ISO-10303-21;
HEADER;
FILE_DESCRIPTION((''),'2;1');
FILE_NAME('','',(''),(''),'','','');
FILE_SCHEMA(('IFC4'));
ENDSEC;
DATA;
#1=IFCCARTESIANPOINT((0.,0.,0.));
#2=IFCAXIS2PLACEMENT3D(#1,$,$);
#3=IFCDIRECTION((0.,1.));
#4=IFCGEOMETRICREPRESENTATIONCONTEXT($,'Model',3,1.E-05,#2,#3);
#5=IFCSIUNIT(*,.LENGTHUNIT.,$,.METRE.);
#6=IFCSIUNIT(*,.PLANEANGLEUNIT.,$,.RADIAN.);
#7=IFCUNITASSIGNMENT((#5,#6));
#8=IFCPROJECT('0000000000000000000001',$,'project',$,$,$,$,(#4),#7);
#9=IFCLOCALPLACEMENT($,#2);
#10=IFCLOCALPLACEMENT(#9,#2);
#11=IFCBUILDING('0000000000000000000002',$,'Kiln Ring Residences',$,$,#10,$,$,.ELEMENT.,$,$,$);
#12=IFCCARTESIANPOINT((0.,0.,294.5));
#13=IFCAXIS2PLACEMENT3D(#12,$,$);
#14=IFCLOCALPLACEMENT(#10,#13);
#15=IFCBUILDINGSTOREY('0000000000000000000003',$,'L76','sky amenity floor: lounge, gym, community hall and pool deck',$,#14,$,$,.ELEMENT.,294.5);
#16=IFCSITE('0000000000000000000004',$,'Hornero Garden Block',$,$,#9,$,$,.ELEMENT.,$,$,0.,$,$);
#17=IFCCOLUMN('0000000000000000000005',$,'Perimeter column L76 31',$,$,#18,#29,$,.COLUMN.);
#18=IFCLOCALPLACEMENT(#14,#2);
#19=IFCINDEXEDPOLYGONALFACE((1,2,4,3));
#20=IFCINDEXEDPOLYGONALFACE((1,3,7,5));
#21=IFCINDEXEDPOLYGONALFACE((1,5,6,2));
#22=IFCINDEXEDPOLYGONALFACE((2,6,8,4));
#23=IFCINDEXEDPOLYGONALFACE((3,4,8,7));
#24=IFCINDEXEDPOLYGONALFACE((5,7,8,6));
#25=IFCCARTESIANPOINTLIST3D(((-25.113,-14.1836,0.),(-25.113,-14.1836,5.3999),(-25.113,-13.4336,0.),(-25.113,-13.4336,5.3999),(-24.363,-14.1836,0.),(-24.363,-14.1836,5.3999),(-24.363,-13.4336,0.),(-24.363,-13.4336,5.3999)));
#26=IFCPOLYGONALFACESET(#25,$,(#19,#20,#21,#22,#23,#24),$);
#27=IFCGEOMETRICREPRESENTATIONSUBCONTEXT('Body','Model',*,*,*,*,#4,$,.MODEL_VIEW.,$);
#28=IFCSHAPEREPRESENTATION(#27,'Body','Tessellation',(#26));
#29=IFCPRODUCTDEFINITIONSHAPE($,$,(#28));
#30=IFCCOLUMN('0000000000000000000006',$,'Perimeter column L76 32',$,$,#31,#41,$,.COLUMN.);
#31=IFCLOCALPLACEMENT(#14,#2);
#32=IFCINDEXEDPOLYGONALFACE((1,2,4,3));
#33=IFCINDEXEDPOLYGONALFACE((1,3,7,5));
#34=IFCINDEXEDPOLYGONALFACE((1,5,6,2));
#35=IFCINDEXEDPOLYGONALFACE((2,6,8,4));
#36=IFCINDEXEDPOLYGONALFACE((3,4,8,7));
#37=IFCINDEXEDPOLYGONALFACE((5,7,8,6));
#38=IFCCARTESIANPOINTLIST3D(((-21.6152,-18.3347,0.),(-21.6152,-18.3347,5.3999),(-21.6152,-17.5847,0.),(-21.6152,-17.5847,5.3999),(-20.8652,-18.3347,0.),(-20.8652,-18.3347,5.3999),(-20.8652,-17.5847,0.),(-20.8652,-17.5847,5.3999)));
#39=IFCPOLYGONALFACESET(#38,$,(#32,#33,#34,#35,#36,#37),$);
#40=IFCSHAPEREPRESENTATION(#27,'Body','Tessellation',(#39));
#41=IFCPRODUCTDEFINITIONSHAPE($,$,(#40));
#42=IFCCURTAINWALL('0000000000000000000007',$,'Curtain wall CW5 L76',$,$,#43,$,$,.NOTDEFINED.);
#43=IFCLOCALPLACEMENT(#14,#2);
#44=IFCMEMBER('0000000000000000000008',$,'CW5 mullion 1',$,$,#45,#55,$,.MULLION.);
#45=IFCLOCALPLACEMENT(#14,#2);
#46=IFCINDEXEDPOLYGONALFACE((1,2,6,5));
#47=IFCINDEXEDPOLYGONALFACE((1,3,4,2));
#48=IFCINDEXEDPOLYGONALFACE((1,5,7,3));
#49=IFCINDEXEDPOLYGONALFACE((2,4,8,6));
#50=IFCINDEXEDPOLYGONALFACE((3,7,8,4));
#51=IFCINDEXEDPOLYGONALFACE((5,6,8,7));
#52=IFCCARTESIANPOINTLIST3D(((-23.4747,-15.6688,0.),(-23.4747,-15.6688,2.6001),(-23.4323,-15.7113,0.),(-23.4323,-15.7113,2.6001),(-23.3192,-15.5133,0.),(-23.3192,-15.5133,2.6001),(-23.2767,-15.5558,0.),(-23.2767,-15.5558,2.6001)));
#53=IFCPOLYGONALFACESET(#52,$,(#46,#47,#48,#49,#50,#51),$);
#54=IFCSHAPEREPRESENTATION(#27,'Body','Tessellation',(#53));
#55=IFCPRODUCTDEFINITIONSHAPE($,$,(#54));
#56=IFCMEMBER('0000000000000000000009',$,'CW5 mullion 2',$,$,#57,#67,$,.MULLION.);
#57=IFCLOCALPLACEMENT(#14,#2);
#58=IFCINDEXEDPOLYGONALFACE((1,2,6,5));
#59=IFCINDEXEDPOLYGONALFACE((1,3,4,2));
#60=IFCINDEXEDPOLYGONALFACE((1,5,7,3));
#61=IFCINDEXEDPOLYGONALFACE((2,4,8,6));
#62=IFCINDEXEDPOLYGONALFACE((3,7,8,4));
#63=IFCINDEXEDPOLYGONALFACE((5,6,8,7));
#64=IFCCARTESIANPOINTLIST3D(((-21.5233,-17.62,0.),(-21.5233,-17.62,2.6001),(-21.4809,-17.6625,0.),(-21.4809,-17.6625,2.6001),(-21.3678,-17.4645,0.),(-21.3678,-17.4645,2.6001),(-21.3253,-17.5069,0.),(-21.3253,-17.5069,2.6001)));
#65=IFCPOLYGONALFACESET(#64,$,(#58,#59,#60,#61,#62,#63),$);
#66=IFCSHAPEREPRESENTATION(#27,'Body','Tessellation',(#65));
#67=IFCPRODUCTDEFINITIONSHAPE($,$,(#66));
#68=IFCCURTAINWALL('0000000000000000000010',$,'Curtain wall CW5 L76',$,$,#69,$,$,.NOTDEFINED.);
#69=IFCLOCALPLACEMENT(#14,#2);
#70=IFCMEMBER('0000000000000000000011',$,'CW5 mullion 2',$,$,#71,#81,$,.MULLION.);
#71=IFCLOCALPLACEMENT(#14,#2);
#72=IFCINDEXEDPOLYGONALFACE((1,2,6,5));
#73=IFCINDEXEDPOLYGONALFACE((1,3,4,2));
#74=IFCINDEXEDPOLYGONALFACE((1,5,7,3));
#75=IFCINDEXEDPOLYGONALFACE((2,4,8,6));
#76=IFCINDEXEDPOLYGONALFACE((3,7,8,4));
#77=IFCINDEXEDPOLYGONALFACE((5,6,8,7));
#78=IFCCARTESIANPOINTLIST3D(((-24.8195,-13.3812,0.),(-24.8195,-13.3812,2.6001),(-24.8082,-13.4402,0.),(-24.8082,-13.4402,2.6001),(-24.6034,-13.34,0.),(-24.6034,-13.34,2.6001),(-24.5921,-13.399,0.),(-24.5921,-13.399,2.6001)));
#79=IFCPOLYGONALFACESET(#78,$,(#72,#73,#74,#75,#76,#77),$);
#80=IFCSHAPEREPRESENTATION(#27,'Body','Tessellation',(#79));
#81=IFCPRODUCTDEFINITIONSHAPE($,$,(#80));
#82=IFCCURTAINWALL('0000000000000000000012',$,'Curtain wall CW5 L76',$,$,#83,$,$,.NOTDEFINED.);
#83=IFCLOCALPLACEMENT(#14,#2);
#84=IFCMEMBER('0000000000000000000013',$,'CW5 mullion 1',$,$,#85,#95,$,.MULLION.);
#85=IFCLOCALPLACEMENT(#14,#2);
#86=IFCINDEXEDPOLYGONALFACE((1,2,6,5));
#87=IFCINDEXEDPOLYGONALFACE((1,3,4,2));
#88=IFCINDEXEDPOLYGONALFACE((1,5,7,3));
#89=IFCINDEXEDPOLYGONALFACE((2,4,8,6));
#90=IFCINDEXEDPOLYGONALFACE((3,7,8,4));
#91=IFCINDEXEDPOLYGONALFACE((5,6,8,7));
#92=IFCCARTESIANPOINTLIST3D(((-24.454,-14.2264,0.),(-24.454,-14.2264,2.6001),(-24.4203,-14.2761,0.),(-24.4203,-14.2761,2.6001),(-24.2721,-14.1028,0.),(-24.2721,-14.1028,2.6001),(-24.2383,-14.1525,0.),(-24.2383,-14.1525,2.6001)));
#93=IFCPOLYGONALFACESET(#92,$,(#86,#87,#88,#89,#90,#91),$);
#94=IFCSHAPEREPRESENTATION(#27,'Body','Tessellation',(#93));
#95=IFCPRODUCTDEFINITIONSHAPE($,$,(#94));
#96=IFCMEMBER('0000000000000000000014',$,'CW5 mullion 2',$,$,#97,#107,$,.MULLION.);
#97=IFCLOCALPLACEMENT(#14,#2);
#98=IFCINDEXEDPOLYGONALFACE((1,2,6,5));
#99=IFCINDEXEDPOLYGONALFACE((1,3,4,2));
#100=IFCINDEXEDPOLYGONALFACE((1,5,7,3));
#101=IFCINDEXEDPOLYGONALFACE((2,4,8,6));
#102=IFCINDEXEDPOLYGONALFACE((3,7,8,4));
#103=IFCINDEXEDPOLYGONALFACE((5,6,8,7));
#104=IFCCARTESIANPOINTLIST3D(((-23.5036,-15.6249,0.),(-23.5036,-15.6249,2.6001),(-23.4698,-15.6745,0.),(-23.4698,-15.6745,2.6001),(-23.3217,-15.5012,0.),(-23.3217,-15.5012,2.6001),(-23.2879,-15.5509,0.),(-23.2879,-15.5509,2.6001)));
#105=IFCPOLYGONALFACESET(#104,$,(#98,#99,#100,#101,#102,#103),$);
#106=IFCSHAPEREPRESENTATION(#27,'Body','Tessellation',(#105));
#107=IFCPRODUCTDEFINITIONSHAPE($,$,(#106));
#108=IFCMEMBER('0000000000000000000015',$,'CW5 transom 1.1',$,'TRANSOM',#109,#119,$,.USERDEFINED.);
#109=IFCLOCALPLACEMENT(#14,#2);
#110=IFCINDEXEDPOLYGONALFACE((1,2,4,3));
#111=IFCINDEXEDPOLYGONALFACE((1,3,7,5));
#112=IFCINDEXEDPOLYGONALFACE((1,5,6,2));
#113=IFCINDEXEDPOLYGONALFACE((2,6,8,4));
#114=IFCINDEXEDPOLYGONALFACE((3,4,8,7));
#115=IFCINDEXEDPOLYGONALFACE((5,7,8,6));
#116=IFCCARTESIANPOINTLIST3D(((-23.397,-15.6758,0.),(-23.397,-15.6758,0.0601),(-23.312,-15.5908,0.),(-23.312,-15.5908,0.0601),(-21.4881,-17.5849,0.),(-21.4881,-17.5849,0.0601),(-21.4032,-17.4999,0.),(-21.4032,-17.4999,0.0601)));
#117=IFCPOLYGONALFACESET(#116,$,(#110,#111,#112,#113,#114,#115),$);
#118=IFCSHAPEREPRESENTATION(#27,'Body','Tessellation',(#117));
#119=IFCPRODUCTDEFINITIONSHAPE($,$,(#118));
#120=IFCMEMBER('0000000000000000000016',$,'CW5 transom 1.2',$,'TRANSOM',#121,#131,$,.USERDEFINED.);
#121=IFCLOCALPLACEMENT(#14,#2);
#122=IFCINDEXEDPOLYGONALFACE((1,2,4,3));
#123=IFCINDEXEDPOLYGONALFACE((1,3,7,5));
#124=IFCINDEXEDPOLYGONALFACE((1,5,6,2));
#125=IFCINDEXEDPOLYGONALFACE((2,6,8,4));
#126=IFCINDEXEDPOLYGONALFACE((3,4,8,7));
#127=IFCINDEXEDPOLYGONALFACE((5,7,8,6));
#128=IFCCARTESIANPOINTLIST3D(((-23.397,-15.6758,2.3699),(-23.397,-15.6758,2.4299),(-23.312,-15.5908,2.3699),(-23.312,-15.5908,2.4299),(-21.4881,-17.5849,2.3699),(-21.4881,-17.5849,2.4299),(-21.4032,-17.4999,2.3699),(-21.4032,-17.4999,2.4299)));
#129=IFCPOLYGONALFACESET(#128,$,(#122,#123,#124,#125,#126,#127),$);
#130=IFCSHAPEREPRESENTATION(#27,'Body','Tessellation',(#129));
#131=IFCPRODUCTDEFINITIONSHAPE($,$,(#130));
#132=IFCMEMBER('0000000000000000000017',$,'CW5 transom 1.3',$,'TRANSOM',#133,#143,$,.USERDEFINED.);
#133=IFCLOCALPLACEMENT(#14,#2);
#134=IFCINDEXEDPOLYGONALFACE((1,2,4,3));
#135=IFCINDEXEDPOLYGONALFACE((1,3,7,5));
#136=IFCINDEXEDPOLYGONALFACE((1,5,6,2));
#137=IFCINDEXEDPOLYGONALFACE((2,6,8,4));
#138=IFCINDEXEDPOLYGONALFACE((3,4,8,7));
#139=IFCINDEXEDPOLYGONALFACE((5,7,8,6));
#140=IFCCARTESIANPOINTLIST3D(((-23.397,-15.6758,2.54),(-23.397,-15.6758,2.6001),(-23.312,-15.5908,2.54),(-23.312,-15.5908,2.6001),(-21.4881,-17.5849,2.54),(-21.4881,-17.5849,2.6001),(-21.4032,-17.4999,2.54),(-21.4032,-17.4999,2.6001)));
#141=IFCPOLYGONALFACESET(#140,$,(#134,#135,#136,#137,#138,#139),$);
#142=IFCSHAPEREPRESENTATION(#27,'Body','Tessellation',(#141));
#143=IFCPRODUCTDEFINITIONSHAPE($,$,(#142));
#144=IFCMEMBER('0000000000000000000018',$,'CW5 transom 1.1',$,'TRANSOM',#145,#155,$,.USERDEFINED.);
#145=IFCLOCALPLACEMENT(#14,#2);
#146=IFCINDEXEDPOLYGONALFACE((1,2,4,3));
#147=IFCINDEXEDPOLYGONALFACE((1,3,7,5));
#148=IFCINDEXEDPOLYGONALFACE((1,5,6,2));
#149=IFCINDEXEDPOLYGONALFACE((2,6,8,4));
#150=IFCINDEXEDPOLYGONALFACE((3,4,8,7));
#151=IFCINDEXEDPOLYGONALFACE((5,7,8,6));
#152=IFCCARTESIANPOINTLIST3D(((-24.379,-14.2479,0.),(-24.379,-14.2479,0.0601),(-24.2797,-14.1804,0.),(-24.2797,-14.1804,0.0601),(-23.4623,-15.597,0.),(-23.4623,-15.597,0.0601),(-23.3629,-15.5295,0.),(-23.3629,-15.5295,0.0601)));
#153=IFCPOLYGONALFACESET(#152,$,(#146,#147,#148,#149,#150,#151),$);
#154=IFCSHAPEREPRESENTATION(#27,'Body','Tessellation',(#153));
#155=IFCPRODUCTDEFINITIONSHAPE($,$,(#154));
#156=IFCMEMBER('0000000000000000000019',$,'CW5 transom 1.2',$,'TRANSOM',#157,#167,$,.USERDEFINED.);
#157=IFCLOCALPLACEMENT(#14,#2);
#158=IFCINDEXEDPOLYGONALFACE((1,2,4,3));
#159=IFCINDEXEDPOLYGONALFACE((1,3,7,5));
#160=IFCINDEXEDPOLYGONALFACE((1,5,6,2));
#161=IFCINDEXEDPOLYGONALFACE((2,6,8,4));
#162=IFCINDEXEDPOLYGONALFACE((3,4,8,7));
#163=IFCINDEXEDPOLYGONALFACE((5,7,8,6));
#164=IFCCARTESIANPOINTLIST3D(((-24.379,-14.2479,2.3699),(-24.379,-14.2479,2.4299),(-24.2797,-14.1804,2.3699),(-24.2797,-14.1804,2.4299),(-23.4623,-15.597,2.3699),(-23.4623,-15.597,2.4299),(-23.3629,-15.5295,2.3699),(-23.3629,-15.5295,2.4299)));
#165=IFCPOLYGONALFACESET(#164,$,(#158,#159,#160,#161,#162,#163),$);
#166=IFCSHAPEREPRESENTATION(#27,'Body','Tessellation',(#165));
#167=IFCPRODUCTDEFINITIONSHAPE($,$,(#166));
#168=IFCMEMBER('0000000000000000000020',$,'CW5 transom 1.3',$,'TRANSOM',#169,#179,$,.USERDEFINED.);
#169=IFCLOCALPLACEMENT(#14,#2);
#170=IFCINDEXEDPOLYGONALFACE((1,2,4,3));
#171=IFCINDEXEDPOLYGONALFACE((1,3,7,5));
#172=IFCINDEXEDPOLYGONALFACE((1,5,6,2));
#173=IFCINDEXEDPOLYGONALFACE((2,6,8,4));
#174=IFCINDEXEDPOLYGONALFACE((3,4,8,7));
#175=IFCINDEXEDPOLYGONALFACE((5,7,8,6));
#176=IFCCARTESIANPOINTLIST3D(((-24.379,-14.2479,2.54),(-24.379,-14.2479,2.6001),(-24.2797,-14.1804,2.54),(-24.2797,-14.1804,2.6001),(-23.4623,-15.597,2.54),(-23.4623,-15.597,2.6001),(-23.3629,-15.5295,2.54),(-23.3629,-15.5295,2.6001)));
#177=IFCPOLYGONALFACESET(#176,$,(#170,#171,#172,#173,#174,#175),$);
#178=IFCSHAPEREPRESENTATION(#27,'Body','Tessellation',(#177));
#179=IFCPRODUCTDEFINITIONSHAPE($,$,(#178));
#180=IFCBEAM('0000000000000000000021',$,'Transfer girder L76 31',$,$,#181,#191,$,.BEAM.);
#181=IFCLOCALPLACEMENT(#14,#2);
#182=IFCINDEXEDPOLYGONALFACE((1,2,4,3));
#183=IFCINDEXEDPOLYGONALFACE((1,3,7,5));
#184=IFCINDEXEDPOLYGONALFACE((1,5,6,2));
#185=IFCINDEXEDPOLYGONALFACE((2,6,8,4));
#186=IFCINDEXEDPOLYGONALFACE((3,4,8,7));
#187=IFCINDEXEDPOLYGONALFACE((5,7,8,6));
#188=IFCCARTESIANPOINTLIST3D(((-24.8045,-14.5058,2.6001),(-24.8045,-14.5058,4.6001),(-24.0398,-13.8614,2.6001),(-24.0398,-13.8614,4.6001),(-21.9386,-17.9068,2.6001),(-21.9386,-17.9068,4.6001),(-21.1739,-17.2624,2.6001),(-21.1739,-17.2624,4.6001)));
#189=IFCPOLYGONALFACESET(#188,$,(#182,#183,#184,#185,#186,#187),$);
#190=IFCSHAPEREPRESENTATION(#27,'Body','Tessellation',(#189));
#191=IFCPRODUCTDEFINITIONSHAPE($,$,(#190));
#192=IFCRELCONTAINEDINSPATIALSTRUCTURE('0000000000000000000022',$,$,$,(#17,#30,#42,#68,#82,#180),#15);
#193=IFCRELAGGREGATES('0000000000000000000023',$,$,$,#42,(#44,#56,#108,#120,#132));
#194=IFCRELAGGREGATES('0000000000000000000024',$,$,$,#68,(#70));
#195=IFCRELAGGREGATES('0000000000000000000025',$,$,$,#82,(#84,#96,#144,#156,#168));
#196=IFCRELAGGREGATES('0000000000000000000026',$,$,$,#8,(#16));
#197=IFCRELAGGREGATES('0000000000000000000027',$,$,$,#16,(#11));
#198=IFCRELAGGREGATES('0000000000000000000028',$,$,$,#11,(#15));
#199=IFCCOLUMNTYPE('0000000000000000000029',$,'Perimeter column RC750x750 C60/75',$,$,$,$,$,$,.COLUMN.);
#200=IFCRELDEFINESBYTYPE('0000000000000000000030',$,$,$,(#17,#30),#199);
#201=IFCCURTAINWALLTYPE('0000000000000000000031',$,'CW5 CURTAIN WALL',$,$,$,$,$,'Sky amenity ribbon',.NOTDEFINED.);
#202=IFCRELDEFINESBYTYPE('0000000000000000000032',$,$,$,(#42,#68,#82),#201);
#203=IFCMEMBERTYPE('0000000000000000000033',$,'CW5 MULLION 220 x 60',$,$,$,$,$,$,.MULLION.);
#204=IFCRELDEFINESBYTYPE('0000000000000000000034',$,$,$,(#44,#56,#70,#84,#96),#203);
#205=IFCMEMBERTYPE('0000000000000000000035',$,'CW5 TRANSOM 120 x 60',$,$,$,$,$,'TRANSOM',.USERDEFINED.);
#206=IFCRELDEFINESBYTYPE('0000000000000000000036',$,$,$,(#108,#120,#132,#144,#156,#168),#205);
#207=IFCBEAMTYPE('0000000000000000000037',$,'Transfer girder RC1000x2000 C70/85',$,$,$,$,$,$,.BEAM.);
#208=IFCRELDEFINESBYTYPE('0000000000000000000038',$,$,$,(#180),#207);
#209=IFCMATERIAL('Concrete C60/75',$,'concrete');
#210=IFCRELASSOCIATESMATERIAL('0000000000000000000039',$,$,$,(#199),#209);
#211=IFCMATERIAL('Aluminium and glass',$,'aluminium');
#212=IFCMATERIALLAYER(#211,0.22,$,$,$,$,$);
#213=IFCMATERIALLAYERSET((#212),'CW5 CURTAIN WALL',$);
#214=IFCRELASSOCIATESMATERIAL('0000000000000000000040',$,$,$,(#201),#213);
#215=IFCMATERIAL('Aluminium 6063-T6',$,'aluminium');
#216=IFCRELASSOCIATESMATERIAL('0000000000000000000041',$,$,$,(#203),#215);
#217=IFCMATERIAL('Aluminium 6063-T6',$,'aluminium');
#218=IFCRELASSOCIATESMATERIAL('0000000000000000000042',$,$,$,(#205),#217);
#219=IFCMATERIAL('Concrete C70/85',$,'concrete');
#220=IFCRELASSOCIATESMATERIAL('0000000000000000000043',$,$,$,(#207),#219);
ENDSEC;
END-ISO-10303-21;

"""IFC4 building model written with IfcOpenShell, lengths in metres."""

from ifc_helpers import new_model, si_unit, direction, frame, origin, origin_2d, place, context, subcontext, project, spatial, rectangle, extrude, material, layer, layer_set, material_profile, profile_set, type_object, element, aggregate, save


model = new_model("IFC4")

# Units and contexts
model_context = context("Model", 3, precision=1e-05, world=origin(), true_north=direction((0.0, 1.0)))
body_context = subcontext(model_context, "Body", "Model", "MODEL_VIEW")
ifc_project = project(units=[si_unit("LENGTHUNIT", "METRE"), si_unit("PLANEANGLEUNIT", "RADIAN")], contexts=[model_context])

# Site, building, storey
site_placement = place(None, origin())
site = spatial("IfcSite", under=ifc_project, at=site_placement, Name="Hornero Garden Block", CompositionType="ELEMENT", RefElevation=0.0)
building_placement = place(site_placement, origin())
building = spatial("IfcBuilding", under=site, at=building_placement, Name="Kiln Ring Residences", CompositionType="ELEMENT")
storey_placement = place(building_placement, frame((0.0, 0.0, 294.5)))
storey = spatial("IfcBuildingStorey", under=building, at=storey_placement, Name="L76", Description="sky amenity floor: lounge, gym, community hall and pool deck", CompositionType="ELEMENT", Elevation=294.5)

# Columns
ifc_material_1 = material(Name="Concrete C60/75", Category="concrete")
ifc_material_profile_1 = material_profile(ifc_material_1, rectangle(XDim=0.75, YDim=0.75, at=origin_2d()), Name="RC750x750")
ifc_profile_set_1 = profile_set([ifc_material_profile_1], Name="Concrete C60/75")
column_type = type_object("IfcColumnType", Name="Perimeter column RC750x750 C60/75", PredefinedType="COLUMN", material=ifc_profile_set_1)
for number, where, z_axis, x_axis, name in (
    (1, (-24.738, -13.8086, 0.0), (0.0, 0.0, 1.0), (1.0, 0.0, 0.0), "Perimeter column L76 31"),
    (2, (-21.2402, -17.9597, 0.0), (0.0, 0.0, 1.0), (1.0, 0.0, 0.0), "Perimeter column L76 32"),
):
    element("IfcColumn", number, at=place(storey_placement, frame(where, z_axis=z_axis, x_axis=x_axis)), inside=storey, type_object=column_type, Name=name, PredefinedType="COLUMN", context=body_context, shape_type="SweptSolid", body=[
        extrude(rectangle(XDim=0.75, YDim=0.75, at=origin_2d()), origin(), (0.0, 0.0, 1.0), 5.3999),
    ])

# Curtain wall, members
ifc_material_2 = material(Name="Aluminium and glass", Category="aluminium")
ifc_layer_1 = layer(ifc_material_2, 0.22)
ifc_layer_set_1 = layer_set([ifc_layer_1], Name="CW5 CURTAIN WALL")
curtain_wall_type = type_object("IfcCurtainWallType", Name="CW5 CURTAIN WALL", ElementType="Sky amenity ribbon", PredefinedType="NOTDEFINED", material=ifc_layer_set_1)
placement = place(storey_placement, origin())
curtain_wall_1 = element("IfcCurtainWall", 3, at=placement, inside=storey, type_object=curtain_wall_type, Name="Curtain wall CW5 L76", PredefinedType="NOTDEFINED")
ifc_material_3 = material(Name="Aluminium 6063-T6", Category="aluminium")
ifc_material_profile_2 = material_profile(ifc_material_3, rectangle(XDim=0.22, YDim=0.0601, at=origin_2d()), Name="AL 220x60")
ifc_profile_set_2 = profile_set([ifc_material_profile_2], Name="Aluminium 6063-T6")
member_type_1 = type_object("IfcMemberType", Name="CW5 MULLION 220 x 60", PredefinedType="MULLION", material=ifc_profile_set_2)
member_1_placement = place(storey_placement, frame((-23.3757, -15.6123, 0.0), z_axis=(0.0, 0.0, 1.0), x_axis=(0.707107, 0.707107, 0.0)))
member_1 = element("IfcMember", 4, at=member_1_placement, type_object=member_type_1, Name="CW5 mullion 1", PredefinedType="MULLION", context=body_context, shape_type="SweptSolid", body=[
    extrude(rectangle(XDim=0.22, YDim=0.0601, at=origin_2d()), origin(), (0.0, 0.0, 1.0), 2.6001),
])
member_2_placement = place(storey_placement, frame((-21.4243, -17.5635, 0.0), z_axis=(0.0, 0.0, 1.0), x_axis=(0.707107, 0.707107, 0.0)))
member_2 = element("IfcMember", 5, at=member_2_placement, type_object=member_type_1, Name="CW5 mullion 2", PredefinedType="MULLION", context=body_context, shape_type="SweptSolid", body=[
    extrude(rectangle(XDim=0.22, YDim=0.0601, at=origin_2d()), origin(), (0.0, 0.0, 1.0), 2.6001),
])

# Curtain wall, member
curtain_wall_2 = element("IfcCurtainWall", 6, at=placement, inside=storey, type_object=curtain_wall_type, Name="Curtain wall CW5 L76", PredefinedType="NOTDEFINED")
member_3_placement = place(storey_placement, frame((-24.7058, -13.3901, 0.0), z_axis=(0.0, 0.0, 1.0), x_axis=(0.98229, 0.187366, 0.0)))
member_3 = element("IfcMember", 7, at=member_3_placement, type_object=member_type_1, Name="CW5 mullion 2", PredefinedType="MULLION", context=body_context, shape_type="SweptSolid", body=[
    extrude(rectangle(XDim=0.22, YDim=0.0601, at=origin_2d()), origin(), (0.0, 0.0, 1.0), 2.6001),
])

# Curtain wall, members
curtain_wall_3 = element("IfcCurtainWall", 8, at=placement, inside=storey, type_object=curtain_wall_type, Name="Curtain wall CW5 L76", PredefinedType="NOTDEFINED")
member_4_placement = place(storey_placement, frame((-24.3462, -14.1895, 0.0), z_axis=(0.0, 0.0, 1.0), x_axis=(0.827072, 0.562097, 0.0)))
member_4 = element("IfcMember", 9, at=member_4_placement, type_object=member_type_1, Name="CW5 mullion 1", PredefinedType="MULLION", context=body_context, shape_type="SweptSolid", body=[
    extrude(rectangle(XDim=0.22, YDim=0.0601, at=origin_2d()), origin(), (0.0, 0.0, 1.0), 2.6001),
])
member_5_placement = place(storey_placement, frame((-23.3958, -15.5879, 0.0), z_axis=(0.0, 0.0, 1.0), x_axis=(0.827072, 0.562097, 0.0)))
member_5 = element("IfcMember", 10, at=member_5_placement, type_object=member_type_1, Name="CW5 mullion 2", PredefinedType="MULLION", context=body_context, shape_type="SweptSolid", body=[
    extrude(rectangle(XDim=0.22, YDim=0.0601, at=origin_2d()), origin(), (0.0, 0.0, 1.0), 2.6001),
])

# Members
ifc_material_4 = material(Name="Aluminium 6063-T6", Category="aluminium")
ifc_material_profile_3 = material_profile(ifc_material_4, rectangle(XDim=0.1201, YDim=0.0601, at=origin_2d()), Name="AL 120x60")
ifc_profile_set_3 = profile_set([ifc_material_profile_3], Name="Aluminium 6063-T6")
member_type_2 = type_object("IfcMemberType", Name="CW5 TRANSOM 120 x 60", ElementType="TRANSOM", PredefinedType="USERDEFINED", material=ifc_profile_set_3)
member_6_placement = place(storey_placement, frame((-23.3545, -15.6333, 0.03), z_axis=(0.707062, -0.707152, 0.0), x_axis=(0.707152, 0.707062, 0.0)))
member_6 = element("IfcMember", 11, at=member_6_placement, type_object=member_type_2, Name="CW5 transom 1.1", ObjectType="TRANSOM", PredefinedType="USERDEFINED", context=body_context, shape_type="SweptSolid", body=[
    extrude(rectangle(XDim=0.1201, YDim=0.0601, at=origin_2d()), origin(), (0.0, 0.0, 1.0), 2.6997),
])
member_7_placement = place(storey_placement, frame((-23.3545, -15.6333, 2.3999), z_axis=(0.707062, -0.707152, 0.0), x_axis=(0.707152, 0.707062, 0.0)))
member_7 = element("IfcMember", 12, at=member_7_placement, type_object=member_type_2, Name="CW5 transom 1.2", ObjectType="TRANSOM", PredefinedType="USERDEFINED", context=body_context, shape_type="SweptSolid", body=[
    extrude(rectangle(XDim=0.1201, YDim=0.0601, at=origin_2d()), origin(), (0.0, 0.0, 1.0), 2.6997),
])
member_8_placement = place(storey_placement, frame((-23.3545, -15.6333, 2.5701), z_axis=(0.707062, -0.707152, 0.0), x_axis=(0.707152, 0.707062, 0.0)))
member_8 = element("IfcMember", 13, at=member_8_placement, type_object=member_type_2, Name="CW5 transom 1.3", ObjectType="TRANSOM", PredefinedType="USERDEFINED", context=body_context, shape_type="SweptSolid", body=[
    extrude(rectangle(XDim=0.1201, YDim=0.0601, at=origin_2d()), origin(), (0.0, 0.0, 1.0), 2.6997),
])
member_9_placement = place(storey_placement, frame((-24.3293, -14.2141, 0.03), z_axis=(0.562036, -0.827113, 0.0), x_axis=(0.827113, 0.562036, 0.0)))
member_9 = element("IfcMember", 14, at=member_9_placement, type_object=member_type_2, Name="CW5 transom 1.1", ObjectType="TRANSOM", PredefinedType="USERDEFINED", context=body_context, shape_type="SweptSolid", body=[
    extrude(rectangle(XDim=0.1201, YDim=0.0601, at=origin_2d()), origin(), (0.0, 0.0, 1.0), 1.6311),
])
member_10_placement = place(storey_placement, frame((-24.3293, -14.2141, 2.3999), z_axis=(0.562036, -0.827113, 0.0), x_axis=(0.827113, 0.562036, 0.0)))
member_10 = element("IfcMember", 15, at=member_10_placement, type_object=member_type_2, Name="CW5 transom 1.2", ObjectType="TRANSOM", PredefinedType="USERDEFINED", context=body_context, shape_type="SweptSolid", body=[
    extrude(rectangle(XDim=0.1201, YDim=0.0601, at=origin_2d()), origin(), (0.0, 0.0, 1.0), 1.6311),
])
member_11_placement = place(storey_placement, frame((-24.3293, -14.2141, 2.5701), z_axis=(0.562036, -0.827113, 0.0), x_axis=(0.827113, 0.562036, 0.0)))
member_11 = element("IfcMember", 16, at=member_11_placement, type_object=member_type_2, Name="CW5 transom 1.3", ObjectType="TRANSOM", PredefinedType="USERDEFINED", context=body_context, shape_type="SweptSolid", body=[
    extrude(rectangle(XDim=0.1201, YDim=0.0601, at=origin_2d()), origin(), (0.0, 0.0, 1.0), 1.6311),
])

# Beam
ifc_material_5 = material(Name="Concrete C70/85", Category="concrete")
ifc_material_profile_4 = material_profile(ifc_material_5, rectangle(XDim=1.0, YDim=2.0, at=origin_2d()), Name="RC1000x2000")
ifc_profile_set_4 = profile_set([ifc_material_profile_4], Name="Concrete C70/85")
beam_type = type_object("IfcBeamType", Name="Transfer girder RC1000x2000 C70/85", PredefinedType="BEAM", material=ifc_profile_set_4)
beam_1_placement = place(storey_placement, frame((-24.4221, -14.1836, 3.6001), z_axis=(0.644381, -0.764705, 0.0), x_axis=(0.764705, 0.644381, 0.0)))
element("IfcBeam", 17, at=beam_1_placement, inside=storey, type_object=beam_type, Name="Transfer girder L76 31", PredefinedType="BEAM", context=body_context, shape_type="SweptSolid", body=[
    extrude(rectangle(XDim=1.0, YDim=2.0, at=origin_2d()), origin(), (0.0, 0.0, 1.0), 4.4475),
])

aggregate(curtain_wall_1, [member_1, member_2, member_6, member_7, member_8])
aggregate(curtain_wall_2, [member_3])
aggregate(curtain_wall_3, [member_4, member_5, member_9, member_10, member_11])

save(model, "model.ifc")
